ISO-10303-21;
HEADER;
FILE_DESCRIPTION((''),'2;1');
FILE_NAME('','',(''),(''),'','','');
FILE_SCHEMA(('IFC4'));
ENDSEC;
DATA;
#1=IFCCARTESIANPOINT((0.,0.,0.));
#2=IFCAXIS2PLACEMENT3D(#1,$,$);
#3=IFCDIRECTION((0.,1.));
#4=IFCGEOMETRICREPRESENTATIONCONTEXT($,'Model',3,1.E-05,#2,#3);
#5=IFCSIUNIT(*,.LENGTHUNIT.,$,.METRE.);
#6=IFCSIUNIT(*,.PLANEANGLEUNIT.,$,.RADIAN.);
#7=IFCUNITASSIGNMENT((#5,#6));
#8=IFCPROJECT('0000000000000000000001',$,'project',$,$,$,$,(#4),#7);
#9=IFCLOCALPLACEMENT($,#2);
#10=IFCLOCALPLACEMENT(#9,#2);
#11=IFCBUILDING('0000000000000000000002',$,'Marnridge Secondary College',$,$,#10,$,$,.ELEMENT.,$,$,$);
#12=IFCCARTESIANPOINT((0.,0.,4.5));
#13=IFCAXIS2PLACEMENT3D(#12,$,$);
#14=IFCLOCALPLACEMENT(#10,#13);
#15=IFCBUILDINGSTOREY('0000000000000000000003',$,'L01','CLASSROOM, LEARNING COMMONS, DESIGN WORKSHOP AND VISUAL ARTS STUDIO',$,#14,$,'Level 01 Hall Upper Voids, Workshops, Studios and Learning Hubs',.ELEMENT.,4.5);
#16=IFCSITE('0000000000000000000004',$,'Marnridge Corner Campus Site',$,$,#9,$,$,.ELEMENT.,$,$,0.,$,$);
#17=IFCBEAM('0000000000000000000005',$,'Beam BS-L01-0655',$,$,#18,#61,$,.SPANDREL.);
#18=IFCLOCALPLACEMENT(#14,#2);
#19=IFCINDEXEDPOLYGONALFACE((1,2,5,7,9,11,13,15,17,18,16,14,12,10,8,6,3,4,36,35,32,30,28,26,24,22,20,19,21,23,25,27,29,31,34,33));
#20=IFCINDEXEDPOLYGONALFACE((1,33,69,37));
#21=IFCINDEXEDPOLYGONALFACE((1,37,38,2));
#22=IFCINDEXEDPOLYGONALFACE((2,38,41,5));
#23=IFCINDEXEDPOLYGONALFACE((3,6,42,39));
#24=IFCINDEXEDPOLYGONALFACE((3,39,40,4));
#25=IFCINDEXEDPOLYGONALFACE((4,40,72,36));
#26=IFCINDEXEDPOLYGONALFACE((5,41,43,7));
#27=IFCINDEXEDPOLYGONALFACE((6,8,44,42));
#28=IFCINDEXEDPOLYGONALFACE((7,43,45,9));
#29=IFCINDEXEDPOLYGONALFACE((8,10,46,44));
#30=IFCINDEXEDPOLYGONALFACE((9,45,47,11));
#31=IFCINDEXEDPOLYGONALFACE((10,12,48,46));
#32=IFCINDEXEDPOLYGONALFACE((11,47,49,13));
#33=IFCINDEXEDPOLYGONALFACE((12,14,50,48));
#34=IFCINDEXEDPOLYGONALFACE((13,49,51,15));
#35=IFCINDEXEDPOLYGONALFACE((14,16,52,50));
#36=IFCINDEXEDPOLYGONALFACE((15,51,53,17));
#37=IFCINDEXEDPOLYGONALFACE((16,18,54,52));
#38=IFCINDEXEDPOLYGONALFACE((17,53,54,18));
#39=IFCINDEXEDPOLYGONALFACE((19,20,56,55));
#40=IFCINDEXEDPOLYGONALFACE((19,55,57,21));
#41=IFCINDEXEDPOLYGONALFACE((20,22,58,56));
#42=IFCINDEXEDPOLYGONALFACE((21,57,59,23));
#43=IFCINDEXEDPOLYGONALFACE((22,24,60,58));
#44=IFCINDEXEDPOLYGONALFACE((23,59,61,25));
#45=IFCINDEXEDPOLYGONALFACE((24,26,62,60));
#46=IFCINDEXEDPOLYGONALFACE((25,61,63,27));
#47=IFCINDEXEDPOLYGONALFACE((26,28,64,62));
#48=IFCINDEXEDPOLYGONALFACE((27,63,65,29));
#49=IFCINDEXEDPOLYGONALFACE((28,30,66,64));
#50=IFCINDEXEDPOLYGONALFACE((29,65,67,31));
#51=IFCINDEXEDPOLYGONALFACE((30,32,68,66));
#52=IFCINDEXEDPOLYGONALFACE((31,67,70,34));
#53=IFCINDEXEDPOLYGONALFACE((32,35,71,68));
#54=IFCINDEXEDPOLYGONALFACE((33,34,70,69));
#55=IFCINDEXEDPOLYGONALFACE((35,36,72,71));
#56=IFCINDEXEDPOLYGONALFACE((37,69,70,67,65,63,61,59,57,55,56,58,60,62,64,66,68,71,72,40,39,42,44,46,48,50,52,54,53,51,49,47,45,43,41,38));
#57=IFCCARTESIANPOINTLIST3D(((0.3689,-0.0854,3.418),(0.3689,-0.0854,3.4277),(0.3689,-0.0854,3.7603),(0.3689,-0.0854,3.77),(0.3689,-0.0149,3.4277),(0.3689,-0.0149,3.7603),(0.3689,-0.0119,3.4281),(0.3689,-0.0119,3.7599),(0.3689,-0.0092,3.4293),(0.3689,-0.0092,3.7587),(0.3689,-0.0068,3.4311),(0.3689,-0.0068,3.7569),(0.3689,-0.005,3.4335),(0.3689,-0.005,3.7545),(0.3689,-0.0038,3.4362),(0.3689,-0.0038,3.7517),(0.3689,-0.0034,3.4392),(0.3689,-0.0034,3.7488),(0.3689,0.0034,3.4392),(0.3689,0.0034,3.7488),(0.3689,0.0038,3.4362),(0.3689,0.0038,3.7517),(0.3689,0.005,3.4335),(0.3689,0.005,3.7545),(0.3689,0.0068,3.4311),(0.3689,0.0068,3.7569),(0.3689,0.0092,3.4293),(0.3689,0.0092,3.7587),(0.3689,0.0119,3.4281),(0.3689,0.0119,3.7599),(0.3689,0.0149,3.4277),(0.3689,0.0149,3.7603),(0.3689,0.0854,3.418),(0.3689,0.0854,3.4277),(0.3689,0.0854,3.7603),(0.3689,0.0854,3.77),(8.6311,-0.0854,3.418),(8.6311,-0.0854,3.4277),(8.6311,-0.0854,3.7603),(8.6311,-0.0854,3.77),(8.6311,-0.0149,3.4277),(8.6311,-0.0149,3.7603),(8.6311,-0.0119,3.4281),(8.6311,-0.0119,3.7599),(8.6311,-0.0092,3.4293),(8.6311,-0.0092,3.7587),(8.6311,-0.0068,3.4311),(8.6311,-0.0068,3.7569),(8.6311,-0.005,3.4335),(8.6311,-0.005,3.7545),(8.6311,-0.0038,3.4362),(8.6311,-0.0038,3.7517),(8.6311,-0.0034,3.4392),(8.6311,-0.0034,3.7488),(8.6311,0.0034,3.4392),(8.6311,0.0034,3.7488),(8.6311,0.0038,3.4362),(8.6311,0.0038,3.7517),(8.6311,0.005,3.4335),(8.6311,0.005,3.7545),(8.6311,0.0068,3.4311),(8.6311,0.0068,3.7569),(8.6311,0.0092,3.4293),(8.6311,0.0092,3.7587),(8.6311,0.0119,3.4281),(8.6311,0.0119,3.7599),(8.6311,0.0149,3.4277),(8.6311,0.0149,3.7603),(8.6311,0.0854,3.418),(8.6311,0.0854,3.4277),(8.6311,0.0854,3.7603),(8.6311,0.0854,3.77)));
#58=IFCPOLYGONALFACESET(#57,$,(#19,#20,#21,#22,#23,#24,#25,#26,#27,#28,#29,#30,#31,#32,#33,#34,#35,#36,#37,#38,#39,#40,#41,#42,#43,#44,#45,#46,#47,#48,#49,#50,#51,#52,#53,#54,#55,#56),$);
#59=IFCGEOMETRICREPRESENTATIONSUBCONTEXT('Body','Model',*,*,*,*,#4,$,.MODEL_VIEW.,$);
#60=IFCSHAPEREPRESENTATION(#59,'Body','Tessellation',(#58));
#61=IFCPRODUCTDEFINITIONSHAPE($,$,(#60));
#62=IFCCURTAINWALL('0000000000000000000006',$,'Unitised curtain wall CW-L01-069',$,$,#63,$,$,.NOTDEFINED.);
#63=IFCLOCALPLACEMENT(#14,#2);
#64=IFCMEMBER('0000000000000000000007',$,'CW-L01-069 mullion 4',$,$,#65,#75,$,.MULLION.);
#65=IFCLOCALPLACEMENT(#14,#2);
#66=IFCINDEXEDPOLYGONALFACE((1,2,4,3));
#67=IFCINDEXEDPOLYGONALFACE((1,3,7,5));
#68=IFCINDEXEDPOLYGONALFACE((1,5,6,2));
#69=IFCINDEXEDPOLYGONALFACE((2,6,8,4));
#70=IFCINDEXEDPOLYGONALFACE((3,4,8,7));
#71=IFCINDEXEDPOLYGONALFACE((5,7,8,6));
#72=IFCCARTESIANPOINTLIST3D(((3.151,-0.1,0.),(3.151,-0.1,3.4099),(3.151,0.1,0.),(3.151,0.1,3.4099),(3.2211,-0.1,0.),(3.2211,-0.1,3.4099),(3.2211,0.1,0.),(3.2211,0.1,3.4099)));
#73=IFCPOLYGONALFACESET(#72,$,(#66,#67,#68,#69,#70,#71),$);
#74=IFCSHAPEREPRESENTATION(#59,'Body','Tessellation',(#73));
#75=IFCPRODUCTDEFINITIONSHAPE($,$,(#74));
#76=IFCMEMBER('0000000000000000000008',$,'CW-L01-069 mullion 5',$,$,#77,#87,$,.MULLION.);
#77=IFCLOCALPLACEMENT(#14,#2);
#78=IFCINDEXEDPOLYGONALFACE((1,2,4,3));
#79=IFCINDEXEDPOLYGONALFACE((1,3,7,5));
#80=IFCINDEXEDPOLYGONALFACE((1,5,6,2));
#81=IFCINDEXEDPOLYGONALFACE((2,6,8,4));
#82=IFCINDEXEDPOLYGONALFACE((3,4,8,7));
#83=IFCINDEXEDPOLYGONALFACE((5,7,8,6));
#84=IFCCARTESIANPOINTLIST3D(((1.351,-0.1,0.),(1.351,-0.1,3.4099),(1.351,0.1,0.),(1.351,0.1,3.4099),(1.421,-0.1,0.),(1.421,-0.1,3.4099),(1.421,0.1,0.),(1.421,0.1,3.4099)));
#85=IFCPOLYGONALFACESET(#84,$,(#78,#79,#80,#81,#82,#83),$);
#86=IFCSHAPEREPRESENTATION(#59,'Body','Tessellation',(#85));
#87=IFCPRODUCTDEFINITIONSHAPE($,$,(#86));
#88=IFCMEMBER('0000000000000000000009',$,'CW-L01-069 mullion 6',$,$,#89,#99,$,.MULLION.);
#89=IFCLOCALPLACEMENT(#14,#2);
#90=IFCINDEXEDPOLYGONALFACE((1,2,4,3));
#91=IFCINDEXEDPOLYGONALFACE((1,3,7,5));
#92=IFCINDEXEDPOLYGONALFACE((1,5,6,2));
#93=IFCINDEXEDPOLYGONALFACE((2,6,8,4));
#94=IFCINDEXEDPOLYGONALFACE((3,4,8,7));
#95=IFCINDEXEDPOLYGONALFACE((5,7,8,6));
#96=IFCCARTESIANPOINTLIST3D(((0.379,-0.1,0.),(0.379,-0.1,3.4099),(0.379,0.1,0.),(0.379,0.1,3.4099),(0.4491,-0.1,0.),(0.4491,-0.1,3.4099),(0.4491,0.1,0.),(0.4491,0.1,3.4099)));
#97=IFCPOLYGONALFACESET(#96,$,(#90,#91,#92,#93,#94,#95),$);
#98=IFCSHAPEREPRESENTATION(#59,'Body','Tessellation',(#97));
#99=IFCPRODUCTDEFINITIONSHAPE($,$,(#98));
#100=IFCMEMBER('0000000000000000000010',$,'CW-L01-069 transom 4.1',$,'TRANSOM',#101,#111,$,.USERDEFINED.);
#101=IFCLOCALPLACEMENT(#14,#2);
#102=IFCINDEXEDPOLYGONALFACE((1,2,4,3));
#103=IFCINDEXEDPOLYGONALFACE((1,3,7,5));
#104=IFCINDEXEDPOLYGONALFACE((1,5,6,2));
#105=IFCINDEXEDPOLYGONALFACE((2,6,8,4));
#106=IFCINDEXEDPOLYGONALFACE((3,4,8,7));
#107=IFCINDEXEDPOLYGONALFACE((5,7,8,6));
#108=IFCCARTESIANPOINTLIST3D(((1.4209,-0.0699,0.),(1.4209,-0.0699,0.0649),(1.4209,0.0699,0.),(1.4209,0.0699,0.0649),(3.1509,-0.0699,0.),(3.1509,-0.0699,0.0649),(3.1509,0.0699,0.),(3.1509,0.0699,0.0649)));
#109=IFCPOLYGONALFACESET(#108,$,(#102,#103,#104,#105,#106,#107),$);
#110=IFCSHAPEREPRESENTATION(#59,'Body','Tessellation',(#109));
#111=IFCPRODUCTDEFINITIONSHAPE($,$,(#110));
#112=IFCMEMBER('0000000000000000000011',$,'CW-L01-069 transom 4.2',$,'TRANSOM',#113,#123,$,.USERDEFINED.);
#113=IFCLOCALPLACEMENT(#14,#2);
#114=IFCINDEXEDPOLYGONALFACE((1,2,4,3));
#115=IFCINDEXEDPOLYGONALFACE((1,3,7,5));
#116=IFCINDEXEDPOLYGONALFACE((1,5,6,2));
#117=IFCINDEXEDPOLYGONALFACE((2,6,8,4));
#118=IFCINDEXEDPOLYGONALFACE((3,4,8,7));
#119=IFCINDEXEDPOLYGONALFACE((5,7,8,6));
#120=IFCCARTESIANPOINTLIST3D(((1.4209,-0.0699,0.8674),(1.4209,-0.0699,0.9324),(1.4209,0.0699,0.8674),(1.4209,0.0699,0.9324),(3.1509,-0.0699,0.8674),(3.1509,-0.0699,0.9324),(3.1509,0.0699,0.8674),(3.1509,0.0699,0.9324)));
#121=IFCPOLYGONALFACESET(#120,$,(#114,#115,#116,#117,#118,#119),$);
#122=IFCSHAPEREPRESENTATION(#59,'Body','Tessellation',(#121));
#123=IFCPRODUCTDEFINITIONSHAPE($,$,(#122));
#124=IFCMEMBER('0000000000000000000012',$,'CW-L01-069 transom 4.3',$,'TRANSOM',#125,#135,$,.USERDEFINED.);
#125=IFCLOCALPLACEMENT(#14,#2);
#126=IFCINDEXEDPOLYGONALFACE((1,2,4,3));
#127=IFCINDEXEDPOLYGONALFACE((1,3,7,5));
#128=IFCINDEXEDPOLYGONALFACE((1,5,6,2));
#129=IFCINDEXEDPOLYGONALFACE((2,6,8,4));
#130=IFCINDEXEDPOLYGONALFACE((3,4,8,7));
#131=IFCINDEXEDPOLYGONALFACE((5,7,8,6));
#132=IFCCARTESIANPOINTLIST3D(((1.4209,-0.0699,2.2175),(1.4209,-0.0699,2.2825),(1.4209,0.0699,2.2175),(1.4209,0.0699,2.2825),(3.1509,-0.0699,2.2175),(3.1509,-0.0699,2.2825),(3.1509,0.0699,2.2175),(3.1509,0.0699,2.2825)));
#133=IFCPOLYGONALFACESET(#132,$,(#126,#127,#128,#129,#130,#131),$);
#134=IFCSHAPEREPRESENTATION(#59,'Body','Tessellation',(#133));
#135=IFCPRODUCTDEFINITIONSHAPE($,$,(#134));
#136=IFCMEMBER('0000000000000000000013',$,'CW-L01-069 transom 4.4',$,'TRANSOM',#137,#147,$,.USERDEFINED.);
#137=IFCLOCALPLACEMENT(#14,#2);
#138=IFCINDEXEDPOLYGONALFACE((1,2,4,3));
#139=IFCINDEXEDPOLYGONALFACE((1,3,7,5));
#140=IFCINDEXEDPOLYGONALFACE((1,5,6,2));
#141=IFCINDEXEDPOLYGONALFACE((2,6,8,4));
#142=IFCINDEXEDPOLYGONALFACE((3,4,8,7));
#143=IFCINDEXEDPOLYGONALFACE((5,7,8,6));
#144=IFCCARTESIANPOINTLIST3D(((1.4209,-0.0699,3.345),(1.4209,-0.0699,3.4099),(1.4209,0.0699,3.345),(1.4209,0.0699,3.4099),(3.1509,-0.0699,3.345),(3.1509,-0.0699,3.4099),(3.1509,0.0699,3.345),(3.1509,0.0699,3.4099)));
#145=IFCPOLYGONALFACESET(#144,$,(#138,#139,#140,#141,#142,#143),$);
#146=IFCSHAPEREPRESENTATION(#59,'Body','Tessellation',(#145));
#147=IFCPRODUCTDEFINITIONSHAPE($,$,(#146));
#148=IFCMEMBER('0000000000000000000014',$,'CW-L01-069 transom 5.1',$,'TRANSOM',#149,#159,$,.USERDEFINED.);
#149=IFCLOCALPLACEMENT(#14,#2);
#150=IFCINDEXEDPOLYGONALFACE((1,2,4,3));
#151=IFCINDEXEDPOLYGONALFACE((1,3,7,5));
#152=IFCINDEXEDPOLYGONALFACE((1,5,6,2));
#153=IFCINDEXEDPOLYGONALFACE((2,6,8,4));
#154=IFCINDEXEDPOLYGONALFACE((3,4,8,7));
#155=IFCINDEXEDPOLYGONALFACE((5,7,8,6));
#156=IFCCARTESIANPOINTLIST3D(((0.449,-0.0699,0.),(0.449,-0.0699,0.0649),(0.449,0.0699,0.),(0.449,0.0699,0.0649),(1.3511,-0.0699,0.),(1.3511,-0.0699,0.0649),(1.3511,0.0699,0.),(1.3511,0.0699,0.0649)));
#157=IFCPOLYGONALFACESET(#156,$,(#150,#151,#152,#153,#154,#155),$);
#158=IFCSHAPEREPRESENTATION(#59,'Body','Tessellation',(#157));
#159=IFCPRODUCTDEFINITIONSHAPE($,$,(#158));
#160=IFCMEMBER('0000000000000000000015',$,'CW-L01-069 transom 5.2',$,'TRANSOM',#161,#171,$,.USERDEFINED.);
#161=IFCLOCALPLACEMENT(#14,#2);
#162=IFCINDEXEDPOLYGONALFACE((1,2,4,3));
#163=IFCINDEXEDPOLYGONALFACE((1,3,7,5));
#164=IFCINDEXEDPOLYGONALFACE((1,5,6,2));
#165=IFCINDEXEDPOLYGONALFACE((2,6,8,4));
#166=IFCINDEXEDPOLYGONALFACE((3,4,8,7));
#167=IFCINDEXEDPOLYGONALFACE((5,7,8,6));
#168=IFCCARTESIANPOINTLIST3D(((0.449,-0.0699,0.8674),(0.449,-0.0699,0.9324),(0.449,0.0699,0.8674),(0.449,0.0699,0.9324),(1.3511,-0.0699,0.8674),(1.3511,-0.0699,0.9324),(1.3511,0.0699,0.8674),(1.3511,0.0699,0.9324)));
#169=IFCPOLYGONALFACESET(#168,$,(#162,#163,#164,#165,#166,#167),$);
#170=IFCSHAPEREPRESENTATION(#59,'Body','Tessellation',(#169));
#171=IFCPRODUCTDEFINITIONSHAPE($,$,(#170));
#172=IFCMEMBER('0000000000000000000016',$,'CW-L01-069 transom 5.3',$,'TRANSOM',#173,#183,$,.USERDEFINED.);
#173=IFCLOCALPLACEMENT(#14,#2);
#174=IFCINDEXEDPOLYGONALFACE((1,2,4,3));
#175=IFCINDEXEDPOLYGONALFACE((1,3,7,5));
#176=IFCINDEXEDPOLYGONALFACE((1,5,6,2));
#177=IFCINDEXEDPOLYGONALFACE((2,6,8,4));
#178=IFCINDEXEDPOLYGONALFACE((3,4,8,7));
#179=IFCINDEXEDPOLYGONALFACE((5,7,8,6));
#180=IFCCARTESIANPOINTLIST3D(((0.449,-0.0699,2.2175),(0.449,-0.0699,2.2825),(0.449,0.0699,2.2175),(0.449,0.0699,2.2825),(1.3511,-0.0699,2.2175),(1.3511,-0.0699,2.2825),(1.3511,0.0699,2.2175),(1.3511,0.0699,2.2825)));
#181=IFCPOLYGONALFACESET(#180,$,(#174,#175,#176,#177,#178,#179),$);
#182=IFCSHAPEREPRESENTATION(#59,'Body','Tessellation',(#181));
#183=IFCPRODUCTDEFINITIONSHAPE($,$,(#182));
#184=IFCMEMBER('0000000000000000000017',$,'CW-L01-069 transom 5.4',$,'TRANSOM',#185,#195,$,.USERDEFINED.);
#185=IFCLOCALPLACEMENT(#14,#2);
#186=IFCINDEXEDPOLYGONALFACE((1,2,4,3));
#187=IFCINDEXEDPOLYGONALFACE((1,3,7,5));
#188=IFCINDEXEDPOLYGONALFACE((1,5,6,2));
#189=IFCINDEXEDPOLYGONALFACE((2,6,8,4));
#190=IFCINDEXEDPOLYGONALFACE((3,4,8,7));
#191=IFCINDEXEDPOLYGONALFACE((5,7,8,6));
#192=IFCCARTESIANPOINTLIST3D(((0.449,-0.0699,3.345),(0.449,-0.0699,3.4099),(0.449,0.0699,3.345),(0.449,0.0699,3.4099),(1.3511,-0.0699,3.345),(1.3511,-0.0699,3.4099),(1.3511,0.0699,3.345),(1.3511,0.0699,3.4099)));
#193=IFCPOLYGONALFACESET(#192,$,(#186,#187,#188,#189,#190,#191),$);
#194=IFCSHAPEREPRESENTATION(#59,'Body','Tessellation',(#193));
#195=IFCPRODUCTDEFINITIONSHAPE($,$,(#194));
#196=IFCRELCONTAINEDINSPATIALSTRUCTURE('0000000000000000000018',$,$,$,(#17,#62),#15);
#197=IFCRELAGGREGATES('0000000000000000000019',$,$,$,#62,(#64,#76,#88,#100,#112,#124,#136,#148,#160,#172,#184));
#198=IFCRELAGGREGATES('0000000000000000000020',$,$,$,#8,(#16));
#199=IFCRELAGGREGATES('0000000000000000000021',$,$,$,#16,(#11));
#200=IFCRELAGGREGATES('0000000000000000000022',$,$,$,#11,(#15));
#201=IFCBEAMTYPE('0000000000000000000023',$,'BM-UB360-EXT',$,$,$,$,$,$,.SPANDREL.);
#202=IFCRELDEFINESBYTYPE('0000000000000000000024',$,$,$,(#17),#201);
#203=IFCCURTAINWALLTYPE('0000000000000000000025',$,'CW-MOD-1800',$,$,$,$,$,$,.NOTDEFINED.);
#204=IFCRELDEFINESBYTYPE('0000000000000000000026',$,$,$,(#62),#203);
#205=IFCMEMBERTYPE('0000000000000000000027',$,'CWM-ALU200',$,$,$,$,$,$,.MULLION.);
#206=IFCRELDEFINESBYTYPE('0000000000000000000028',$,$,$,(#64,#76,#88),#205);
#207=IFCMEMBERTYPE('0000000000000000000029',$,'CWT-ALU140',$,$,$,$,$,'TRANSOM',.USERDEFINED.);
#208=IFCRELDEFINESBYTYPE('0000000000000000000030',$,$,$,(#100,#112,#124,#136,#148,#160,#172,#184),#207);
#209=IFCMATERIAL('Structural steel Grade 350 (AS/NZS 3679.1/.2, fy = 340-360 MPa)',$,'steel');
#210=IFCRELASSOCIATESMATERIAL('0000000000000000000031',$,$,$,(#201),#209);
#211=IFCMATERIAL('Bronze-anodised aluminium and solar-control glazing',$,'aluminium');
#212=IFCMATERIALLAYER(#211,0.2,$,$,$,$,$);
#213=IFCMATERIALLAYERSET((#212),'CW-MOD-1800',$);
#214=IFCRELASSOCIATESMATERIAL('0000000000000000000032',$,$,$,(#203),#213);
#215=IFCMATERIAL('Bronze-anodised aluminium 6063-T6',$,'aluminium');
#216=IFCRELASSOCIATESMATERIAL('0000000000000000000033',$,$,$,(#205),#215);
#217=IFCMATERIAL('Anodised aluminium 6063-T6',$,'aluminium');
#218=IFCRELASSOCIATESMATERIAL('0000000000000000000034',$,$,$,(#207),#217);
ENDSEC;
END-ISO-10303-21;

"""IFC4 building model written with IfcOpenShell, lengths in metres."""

from ifc_helpers import new_model, si_unit, direction, frame, origin, origin_2d, place, context, subcontext, project, spatial, rectangle, i_section, extrude, material, layer, layer_set, material_profile, profile_set, type_object, element, aggregate, save


model = new_model("IFC4")

# Units and contexts
model_context = context("Model", 3, precision=1e-05, world=origin(), true_north=direction((0.0, 1.0)))
body_context = subcontext(model_context, "Body", "Model", "MODEL_VIEW")
ifc_project = project(units=[si_unit("LENGTHUNIT", "METRE"), si_unit("PLANEANGLEUNIT", "RADIAN")], contexts=[model_context])

# Site, building, storey
site_placement = place(None, origin())
site = spatial("IfcSite", under=ifc_project, at=site_placement, Name="Marnridge Corner Campus Site", CompositionType="ELEMENT", RefElevation=0.0)
building_placement = place(site_placement, origin())
building = spatial("IfcBuilding", under=site, at=building_placement, Name="Marnridge Secondary College", CompositionType="ELEMENT")
storey_placement = place(building_placement, frame((0.0, 0.0, 4.5)))
storey = spatial("IfcBuildingStorey", under=building, at=storey_placement, Name="L01", Description="CLASSROOM, LEARNING COMMONS, DESIGN WORKSHOP AND VISUAL ARTS STUDIO", LongName="Level 01 Hall Upper Voids, Workshops, Studios and Learning Hubs", CompositionType="ELEMENT", Elevation=4.5)

# Beam
ifc_material_1 = material(Name="Structural steel Grade 350 (AS/NZS 3679.1/.2, fy = 340-360 MPa)", Category="steel")
ifc_material_profile_1 = material_profile(ifc_material_1, i_section(OverallWidth=0.1709, OverallDepth=0.3521, WebThickness=0.0068, FlangeThickness=0.0098, FilletRadius=0.0115, at=origin_2d()), Name="360UB44.7")
ifc_profile_set_1 = profile_set([ifc_material_profile_1], Name="Structural steel Grade 350 (AS/NZS 3679.1/.2, fy = 340-360 MPa)")
beam_type = type_object("IfcBeamType", Name="BM-UB360-EXT", PredefinedType="SPANDREL", material=ifc_profile_set_1)
beam_placement = place(storey_placement, frame((0.3689, 0.0, 3.594), z_axis=(1.0, 0.0, 0.0), x_axis=(0.0, 1.0, 0.0)))
element("IfcBeam", 1, at=beam_placement, inside=storey, type_object=beam_type, Name="Beam BS-L01-0655", PredefinedType="SPANDREL", context=body_context, shape_type="SweptSolid", body=[
    extrude(i_section(OverallWidth=0.1709, OverallDepth=0.3521, WebThickness=0.0068, FlangeThickness=0.0098, FilletRadius=0.0115, at=origin_2d()), origin(), (0.0, 0.0, 1.0), 8.2622),
])

# Curtain wall, members
ifc_material_2 = material(Name="Bronze-anodised aluminium and solar-control glazing", Category="aluminium")
ifc_layer_1 = layer(ifc_material_2, 0.2)
ifc_layer_set_1 = layer_set([ifc_layer_1], Name="CW-MOD-1800")
curtain_wall_type = type_object("IfcCurtainWallType", Name="CW-MOD-1800", PredefinedType="NOTDEFINED", material=ifc_layer_set_1)
curtain_wall_placement = place(storey_placement, origin())
curtain_wall = element("IfcCurtainWall", 2, at=curtain_wall_placement, inside=storey, type_object=curtain_wall_type, Name="Unitised curtain wall CW-L01-069", PredefinedType="NOTDEFINED")
ifc_material_3 = material(Name="Bronze-anodised aluminium 6063-T6", Category="aluminium")
ifc_material_profile_2 = material_profile(ifc_material_3, rectangle(XDim=0.0701, YDim=0.2, at=origin_2d()), Name="ALU 70x200")
ifc_profile_set_2 = profile_set([ifc_material_profile_2], Name="Bronze-anodised aluminium 6063-T6")
member_type_1 = type_object("IfcMemberType", Name="CWM-ALU200", PredefinedType="MULLION", material=ifc_profile_set_2)
member_1_placement = place(storey_placement, frame((3.186, 0.0, 0.0), z_axis=(0.0, 0.0, 1.0), x_axis=(-1.0, 0.0, 0.0)))
member_1 = element("IfcMember", 3, at=member_1_placement, type_object=member_type_1, Name="CW-L01-069 mullion 4", PredefinedType="MULLION", context=body_context, shape_type="SweptSolid", body=[
    extrude(rectangle(XDim=0.0701, YDim=0.2, at=origin_2d()), origin(), (0.0, 0.0, 1.0), 3.4099),
])
member_2_placement = place(storey_placement, frame((1.386, 0.0, 0.0), z_axis=(0.0, 0.0, 1.0), x_axis=(-1.0, 0.0, 0.0)))
member_2 = element("IfcMember", 4, at=member_2_placement, type_object=member_type_1, Name="CW-L01-069 mullion 5", PredefinedType="MULLION", context=body_context, shape_type="SweptSolid", body=[
    extrude(rectangle(XDim=0.0701, YDim=0.2, at=origin_2d()), origin(), (0.0, 0.0, 1.0), 3.4099),
])
member_3_placement = place(storey_placement, frame((0.4141, 0.0, 0.0), z_axis=(0.0, 0.0, 1.0), x_axis=(-1.0, 0.0, 0.0)))
member_3 = element("IfcMember", 5, at=member_3_placement, type_object=member_type_1, Name="CW-L01-069 mullion 6", PredefinedType="MULLION", context=body_context, shape_type="SweptSolid", body=[
    extrude(rectangle(XDim=0.0701, YDim=0.2, at=origin_2d()), origin(), (0.0, 0.0, 1.0), 3.4099),
])
ifc_material_4 = material(Name="Anodised aluminium 6063-T6", Category="aluminium")
ifc_material_profile_3 = material_profile(ifc_material_4, rectangle(XDim=0.0649, YDim=0.1399, at=origin_2d()), Name="ALU 65x140")
ifc_profile_set_3 = profile_set([ifc_material_profile_3], Name="Anodised aluminium 6063-T6")
member_type_2 = type_object("IfcMemberType", Name="CWT-ALU140", ElementType="TRANSOM", PredefinedType="USERDEFINED", material=ifc_profile_set_3)
member_4_placement = place(storey_placement, frame((3.1509, 0.0, 0.0325), z_axis=(-1.0, 0.0, 0.0), x_axis=(0.0, 0.0, 1.0)))
member_4 = element("IfcMember", 6, at=member_4_placement, type_object=member_type_2, Name="CW-L01-069 transom 4.1", ObjectType="TRANSOM", PredefinedType="USERDEFINED", context=body_context, shape_type="SweptSolid", body=[
    extrude(rectangle(XDim=0.0649, YDim=0.1399, at=origin_2d()), origin(), (0.0, 0.0, 1.0), 1.73),
])
member_5_placement = place(storey_placement, frame((3.1509, 0.0, 0.8999), z_axis=(-1.0, 0.0, 0.0), x_axis=(0.0, 0.0, 1.0)))
member_5 = element("IfcMember", 7, at=member_5_placement, type_object=member_type_2, Name="CW-L01-069 transom 4.2", ObjectType="TRANSOM", PredefinedType="USERDEFINED", context=body_context, shape_type="SweptSolid", body=[
    extrude(rectangle(XDim=0.0649, YDim=0.1399, at=origin_2d()), origin(), (0.0, 0.0, 1.0), 1.73),
])
member_6_placement = place(storey_placement, frame((3.1509, 0.0, 2.25), z_axis=(-1.0, 0.0, 0.0), x_axis=(0.0, 0.0, 1.0)))
member_6 = element("IfcMember", 8, at=member_6_placement, type_object=member_type_2, Name="CW-L01-069 transom 4.3", ObjectType="TRANSOM", PredefinedType="USERDEFINED", context=body_context, shape_type="SweptSolid", body=[
    extrude(rectangle(XDim=0.0649, YDim=0.1399, at=origin_2d()), origin(), (0.0, 0.0, 1.0), 1.73),
])
member_7_placement = place(storey_placement, frame((3.1509, 0.0, 3.3774), z_axis=(-1.0, 0.0, 0.0), x_axis=(0.0, 0.0, 1.0)))
member_7 = element("IfcMember", 9, at=member_7_placement, type_object=member_type_2, Name="CW-L01-069 transom 4.4", ObjectType="TRANSOM", PredefinedType="USERDEFINED", context=body_context, shape_type="SweptSolid", body=[
    extrude(rectangle(XDim=0.0649, YDim=0.1399, at=origin_2d()), origin(), (0.0, 0.0, 1.0), 1.73),
])
member_8_placement = place(storey_placement, frame((1.3511, 0.0, 0.0325), z_axis=(-1.0, 0.0, 0.0), x_axis=(0.0, 0.0, 1.0)))
member_8 = element("IfcMember", 10, at=member_8_placement, type_object=member_type_2, Name="CW-L01-069 transom 5.1", ObjectType="TRANSOM", PredefinedType="USERDEFINED", context=body_context, shape_type="SweptSolid", body=[
    extrude(rectangle(XDim=0.0649, YDim=0.1399, at=origin_2d()), origin(), (0.0, 0.0, 1.0), 0.9021),
])
member_9_placement = place(storey_placement, frame((1.3511, 0.0, 0.8999), z_axis=(-1.0, 0.0, 0.0), x_axis=(0.0, 0.0, 1.0)))
member_9 = element("IfcMember", 11, at=member_9_placement, type_object=member_type_2, Name="CW-L01-069 transom 5.2", ObjectType="TRANSOM", PredefinedType="USERDEFINED", context=body_context, shape_type="SweptSolid", body=[
    extrude(rectangle(XDim=0.0649, YDim=0.1399, at=origin_2d()), origin(), (0.0, 0.0, 1.0), 0.9021),
])
member_10_placement = place(storey_placement, frame((1.3511, 0.0, 2.25), z_axis=(-1.0, 0.0, 0.0), x_axis=(0.0, 0.0, 1.0)))
member_10 = element("IfcMember", 12, at=member_10_placement, type_object=member_type_2, Name="CW-L01-069 transom 5.3", ObjectType="TRANSOM", PredefinedType="USERDEFINED", context=body_context, shape_type="SweptSolid", body=[
    extrude(rectangle(XDim=0.0649, YDim=0.1399, at=origin_2d()), origin(), (0.0, 0.0, 1.0), 0.9021),
])
member_11_placement = place(storey_placement, frame((1.3511, 0.0, 3.3774), z_axis=(-1.0, 0.0, 0.0), x_axis=(0.0, 0.0, 1.0)))
member_11 = element("IfcMember", 13, at=member_11_placement, type_object=member_type_2, Name="CW-L01-069 transom 5.4", ObjectType="TRANSOM", PredefinedType="USERDEFINED", context=body_context, shape_type="SweptSolid", body=[
    extrude(rectangle(XDim=0.0649, YDim=0.1399, at=origin_2d()), origin(), (0.0, 0.0, 1.0), 0.9021),
])
aggregate(curtain_wall, [member_1, member_2, member_3, member_4, member_5, member_6, member_7, member_8, member_9, member_10, member_11])

save(model, "model.ifc")
